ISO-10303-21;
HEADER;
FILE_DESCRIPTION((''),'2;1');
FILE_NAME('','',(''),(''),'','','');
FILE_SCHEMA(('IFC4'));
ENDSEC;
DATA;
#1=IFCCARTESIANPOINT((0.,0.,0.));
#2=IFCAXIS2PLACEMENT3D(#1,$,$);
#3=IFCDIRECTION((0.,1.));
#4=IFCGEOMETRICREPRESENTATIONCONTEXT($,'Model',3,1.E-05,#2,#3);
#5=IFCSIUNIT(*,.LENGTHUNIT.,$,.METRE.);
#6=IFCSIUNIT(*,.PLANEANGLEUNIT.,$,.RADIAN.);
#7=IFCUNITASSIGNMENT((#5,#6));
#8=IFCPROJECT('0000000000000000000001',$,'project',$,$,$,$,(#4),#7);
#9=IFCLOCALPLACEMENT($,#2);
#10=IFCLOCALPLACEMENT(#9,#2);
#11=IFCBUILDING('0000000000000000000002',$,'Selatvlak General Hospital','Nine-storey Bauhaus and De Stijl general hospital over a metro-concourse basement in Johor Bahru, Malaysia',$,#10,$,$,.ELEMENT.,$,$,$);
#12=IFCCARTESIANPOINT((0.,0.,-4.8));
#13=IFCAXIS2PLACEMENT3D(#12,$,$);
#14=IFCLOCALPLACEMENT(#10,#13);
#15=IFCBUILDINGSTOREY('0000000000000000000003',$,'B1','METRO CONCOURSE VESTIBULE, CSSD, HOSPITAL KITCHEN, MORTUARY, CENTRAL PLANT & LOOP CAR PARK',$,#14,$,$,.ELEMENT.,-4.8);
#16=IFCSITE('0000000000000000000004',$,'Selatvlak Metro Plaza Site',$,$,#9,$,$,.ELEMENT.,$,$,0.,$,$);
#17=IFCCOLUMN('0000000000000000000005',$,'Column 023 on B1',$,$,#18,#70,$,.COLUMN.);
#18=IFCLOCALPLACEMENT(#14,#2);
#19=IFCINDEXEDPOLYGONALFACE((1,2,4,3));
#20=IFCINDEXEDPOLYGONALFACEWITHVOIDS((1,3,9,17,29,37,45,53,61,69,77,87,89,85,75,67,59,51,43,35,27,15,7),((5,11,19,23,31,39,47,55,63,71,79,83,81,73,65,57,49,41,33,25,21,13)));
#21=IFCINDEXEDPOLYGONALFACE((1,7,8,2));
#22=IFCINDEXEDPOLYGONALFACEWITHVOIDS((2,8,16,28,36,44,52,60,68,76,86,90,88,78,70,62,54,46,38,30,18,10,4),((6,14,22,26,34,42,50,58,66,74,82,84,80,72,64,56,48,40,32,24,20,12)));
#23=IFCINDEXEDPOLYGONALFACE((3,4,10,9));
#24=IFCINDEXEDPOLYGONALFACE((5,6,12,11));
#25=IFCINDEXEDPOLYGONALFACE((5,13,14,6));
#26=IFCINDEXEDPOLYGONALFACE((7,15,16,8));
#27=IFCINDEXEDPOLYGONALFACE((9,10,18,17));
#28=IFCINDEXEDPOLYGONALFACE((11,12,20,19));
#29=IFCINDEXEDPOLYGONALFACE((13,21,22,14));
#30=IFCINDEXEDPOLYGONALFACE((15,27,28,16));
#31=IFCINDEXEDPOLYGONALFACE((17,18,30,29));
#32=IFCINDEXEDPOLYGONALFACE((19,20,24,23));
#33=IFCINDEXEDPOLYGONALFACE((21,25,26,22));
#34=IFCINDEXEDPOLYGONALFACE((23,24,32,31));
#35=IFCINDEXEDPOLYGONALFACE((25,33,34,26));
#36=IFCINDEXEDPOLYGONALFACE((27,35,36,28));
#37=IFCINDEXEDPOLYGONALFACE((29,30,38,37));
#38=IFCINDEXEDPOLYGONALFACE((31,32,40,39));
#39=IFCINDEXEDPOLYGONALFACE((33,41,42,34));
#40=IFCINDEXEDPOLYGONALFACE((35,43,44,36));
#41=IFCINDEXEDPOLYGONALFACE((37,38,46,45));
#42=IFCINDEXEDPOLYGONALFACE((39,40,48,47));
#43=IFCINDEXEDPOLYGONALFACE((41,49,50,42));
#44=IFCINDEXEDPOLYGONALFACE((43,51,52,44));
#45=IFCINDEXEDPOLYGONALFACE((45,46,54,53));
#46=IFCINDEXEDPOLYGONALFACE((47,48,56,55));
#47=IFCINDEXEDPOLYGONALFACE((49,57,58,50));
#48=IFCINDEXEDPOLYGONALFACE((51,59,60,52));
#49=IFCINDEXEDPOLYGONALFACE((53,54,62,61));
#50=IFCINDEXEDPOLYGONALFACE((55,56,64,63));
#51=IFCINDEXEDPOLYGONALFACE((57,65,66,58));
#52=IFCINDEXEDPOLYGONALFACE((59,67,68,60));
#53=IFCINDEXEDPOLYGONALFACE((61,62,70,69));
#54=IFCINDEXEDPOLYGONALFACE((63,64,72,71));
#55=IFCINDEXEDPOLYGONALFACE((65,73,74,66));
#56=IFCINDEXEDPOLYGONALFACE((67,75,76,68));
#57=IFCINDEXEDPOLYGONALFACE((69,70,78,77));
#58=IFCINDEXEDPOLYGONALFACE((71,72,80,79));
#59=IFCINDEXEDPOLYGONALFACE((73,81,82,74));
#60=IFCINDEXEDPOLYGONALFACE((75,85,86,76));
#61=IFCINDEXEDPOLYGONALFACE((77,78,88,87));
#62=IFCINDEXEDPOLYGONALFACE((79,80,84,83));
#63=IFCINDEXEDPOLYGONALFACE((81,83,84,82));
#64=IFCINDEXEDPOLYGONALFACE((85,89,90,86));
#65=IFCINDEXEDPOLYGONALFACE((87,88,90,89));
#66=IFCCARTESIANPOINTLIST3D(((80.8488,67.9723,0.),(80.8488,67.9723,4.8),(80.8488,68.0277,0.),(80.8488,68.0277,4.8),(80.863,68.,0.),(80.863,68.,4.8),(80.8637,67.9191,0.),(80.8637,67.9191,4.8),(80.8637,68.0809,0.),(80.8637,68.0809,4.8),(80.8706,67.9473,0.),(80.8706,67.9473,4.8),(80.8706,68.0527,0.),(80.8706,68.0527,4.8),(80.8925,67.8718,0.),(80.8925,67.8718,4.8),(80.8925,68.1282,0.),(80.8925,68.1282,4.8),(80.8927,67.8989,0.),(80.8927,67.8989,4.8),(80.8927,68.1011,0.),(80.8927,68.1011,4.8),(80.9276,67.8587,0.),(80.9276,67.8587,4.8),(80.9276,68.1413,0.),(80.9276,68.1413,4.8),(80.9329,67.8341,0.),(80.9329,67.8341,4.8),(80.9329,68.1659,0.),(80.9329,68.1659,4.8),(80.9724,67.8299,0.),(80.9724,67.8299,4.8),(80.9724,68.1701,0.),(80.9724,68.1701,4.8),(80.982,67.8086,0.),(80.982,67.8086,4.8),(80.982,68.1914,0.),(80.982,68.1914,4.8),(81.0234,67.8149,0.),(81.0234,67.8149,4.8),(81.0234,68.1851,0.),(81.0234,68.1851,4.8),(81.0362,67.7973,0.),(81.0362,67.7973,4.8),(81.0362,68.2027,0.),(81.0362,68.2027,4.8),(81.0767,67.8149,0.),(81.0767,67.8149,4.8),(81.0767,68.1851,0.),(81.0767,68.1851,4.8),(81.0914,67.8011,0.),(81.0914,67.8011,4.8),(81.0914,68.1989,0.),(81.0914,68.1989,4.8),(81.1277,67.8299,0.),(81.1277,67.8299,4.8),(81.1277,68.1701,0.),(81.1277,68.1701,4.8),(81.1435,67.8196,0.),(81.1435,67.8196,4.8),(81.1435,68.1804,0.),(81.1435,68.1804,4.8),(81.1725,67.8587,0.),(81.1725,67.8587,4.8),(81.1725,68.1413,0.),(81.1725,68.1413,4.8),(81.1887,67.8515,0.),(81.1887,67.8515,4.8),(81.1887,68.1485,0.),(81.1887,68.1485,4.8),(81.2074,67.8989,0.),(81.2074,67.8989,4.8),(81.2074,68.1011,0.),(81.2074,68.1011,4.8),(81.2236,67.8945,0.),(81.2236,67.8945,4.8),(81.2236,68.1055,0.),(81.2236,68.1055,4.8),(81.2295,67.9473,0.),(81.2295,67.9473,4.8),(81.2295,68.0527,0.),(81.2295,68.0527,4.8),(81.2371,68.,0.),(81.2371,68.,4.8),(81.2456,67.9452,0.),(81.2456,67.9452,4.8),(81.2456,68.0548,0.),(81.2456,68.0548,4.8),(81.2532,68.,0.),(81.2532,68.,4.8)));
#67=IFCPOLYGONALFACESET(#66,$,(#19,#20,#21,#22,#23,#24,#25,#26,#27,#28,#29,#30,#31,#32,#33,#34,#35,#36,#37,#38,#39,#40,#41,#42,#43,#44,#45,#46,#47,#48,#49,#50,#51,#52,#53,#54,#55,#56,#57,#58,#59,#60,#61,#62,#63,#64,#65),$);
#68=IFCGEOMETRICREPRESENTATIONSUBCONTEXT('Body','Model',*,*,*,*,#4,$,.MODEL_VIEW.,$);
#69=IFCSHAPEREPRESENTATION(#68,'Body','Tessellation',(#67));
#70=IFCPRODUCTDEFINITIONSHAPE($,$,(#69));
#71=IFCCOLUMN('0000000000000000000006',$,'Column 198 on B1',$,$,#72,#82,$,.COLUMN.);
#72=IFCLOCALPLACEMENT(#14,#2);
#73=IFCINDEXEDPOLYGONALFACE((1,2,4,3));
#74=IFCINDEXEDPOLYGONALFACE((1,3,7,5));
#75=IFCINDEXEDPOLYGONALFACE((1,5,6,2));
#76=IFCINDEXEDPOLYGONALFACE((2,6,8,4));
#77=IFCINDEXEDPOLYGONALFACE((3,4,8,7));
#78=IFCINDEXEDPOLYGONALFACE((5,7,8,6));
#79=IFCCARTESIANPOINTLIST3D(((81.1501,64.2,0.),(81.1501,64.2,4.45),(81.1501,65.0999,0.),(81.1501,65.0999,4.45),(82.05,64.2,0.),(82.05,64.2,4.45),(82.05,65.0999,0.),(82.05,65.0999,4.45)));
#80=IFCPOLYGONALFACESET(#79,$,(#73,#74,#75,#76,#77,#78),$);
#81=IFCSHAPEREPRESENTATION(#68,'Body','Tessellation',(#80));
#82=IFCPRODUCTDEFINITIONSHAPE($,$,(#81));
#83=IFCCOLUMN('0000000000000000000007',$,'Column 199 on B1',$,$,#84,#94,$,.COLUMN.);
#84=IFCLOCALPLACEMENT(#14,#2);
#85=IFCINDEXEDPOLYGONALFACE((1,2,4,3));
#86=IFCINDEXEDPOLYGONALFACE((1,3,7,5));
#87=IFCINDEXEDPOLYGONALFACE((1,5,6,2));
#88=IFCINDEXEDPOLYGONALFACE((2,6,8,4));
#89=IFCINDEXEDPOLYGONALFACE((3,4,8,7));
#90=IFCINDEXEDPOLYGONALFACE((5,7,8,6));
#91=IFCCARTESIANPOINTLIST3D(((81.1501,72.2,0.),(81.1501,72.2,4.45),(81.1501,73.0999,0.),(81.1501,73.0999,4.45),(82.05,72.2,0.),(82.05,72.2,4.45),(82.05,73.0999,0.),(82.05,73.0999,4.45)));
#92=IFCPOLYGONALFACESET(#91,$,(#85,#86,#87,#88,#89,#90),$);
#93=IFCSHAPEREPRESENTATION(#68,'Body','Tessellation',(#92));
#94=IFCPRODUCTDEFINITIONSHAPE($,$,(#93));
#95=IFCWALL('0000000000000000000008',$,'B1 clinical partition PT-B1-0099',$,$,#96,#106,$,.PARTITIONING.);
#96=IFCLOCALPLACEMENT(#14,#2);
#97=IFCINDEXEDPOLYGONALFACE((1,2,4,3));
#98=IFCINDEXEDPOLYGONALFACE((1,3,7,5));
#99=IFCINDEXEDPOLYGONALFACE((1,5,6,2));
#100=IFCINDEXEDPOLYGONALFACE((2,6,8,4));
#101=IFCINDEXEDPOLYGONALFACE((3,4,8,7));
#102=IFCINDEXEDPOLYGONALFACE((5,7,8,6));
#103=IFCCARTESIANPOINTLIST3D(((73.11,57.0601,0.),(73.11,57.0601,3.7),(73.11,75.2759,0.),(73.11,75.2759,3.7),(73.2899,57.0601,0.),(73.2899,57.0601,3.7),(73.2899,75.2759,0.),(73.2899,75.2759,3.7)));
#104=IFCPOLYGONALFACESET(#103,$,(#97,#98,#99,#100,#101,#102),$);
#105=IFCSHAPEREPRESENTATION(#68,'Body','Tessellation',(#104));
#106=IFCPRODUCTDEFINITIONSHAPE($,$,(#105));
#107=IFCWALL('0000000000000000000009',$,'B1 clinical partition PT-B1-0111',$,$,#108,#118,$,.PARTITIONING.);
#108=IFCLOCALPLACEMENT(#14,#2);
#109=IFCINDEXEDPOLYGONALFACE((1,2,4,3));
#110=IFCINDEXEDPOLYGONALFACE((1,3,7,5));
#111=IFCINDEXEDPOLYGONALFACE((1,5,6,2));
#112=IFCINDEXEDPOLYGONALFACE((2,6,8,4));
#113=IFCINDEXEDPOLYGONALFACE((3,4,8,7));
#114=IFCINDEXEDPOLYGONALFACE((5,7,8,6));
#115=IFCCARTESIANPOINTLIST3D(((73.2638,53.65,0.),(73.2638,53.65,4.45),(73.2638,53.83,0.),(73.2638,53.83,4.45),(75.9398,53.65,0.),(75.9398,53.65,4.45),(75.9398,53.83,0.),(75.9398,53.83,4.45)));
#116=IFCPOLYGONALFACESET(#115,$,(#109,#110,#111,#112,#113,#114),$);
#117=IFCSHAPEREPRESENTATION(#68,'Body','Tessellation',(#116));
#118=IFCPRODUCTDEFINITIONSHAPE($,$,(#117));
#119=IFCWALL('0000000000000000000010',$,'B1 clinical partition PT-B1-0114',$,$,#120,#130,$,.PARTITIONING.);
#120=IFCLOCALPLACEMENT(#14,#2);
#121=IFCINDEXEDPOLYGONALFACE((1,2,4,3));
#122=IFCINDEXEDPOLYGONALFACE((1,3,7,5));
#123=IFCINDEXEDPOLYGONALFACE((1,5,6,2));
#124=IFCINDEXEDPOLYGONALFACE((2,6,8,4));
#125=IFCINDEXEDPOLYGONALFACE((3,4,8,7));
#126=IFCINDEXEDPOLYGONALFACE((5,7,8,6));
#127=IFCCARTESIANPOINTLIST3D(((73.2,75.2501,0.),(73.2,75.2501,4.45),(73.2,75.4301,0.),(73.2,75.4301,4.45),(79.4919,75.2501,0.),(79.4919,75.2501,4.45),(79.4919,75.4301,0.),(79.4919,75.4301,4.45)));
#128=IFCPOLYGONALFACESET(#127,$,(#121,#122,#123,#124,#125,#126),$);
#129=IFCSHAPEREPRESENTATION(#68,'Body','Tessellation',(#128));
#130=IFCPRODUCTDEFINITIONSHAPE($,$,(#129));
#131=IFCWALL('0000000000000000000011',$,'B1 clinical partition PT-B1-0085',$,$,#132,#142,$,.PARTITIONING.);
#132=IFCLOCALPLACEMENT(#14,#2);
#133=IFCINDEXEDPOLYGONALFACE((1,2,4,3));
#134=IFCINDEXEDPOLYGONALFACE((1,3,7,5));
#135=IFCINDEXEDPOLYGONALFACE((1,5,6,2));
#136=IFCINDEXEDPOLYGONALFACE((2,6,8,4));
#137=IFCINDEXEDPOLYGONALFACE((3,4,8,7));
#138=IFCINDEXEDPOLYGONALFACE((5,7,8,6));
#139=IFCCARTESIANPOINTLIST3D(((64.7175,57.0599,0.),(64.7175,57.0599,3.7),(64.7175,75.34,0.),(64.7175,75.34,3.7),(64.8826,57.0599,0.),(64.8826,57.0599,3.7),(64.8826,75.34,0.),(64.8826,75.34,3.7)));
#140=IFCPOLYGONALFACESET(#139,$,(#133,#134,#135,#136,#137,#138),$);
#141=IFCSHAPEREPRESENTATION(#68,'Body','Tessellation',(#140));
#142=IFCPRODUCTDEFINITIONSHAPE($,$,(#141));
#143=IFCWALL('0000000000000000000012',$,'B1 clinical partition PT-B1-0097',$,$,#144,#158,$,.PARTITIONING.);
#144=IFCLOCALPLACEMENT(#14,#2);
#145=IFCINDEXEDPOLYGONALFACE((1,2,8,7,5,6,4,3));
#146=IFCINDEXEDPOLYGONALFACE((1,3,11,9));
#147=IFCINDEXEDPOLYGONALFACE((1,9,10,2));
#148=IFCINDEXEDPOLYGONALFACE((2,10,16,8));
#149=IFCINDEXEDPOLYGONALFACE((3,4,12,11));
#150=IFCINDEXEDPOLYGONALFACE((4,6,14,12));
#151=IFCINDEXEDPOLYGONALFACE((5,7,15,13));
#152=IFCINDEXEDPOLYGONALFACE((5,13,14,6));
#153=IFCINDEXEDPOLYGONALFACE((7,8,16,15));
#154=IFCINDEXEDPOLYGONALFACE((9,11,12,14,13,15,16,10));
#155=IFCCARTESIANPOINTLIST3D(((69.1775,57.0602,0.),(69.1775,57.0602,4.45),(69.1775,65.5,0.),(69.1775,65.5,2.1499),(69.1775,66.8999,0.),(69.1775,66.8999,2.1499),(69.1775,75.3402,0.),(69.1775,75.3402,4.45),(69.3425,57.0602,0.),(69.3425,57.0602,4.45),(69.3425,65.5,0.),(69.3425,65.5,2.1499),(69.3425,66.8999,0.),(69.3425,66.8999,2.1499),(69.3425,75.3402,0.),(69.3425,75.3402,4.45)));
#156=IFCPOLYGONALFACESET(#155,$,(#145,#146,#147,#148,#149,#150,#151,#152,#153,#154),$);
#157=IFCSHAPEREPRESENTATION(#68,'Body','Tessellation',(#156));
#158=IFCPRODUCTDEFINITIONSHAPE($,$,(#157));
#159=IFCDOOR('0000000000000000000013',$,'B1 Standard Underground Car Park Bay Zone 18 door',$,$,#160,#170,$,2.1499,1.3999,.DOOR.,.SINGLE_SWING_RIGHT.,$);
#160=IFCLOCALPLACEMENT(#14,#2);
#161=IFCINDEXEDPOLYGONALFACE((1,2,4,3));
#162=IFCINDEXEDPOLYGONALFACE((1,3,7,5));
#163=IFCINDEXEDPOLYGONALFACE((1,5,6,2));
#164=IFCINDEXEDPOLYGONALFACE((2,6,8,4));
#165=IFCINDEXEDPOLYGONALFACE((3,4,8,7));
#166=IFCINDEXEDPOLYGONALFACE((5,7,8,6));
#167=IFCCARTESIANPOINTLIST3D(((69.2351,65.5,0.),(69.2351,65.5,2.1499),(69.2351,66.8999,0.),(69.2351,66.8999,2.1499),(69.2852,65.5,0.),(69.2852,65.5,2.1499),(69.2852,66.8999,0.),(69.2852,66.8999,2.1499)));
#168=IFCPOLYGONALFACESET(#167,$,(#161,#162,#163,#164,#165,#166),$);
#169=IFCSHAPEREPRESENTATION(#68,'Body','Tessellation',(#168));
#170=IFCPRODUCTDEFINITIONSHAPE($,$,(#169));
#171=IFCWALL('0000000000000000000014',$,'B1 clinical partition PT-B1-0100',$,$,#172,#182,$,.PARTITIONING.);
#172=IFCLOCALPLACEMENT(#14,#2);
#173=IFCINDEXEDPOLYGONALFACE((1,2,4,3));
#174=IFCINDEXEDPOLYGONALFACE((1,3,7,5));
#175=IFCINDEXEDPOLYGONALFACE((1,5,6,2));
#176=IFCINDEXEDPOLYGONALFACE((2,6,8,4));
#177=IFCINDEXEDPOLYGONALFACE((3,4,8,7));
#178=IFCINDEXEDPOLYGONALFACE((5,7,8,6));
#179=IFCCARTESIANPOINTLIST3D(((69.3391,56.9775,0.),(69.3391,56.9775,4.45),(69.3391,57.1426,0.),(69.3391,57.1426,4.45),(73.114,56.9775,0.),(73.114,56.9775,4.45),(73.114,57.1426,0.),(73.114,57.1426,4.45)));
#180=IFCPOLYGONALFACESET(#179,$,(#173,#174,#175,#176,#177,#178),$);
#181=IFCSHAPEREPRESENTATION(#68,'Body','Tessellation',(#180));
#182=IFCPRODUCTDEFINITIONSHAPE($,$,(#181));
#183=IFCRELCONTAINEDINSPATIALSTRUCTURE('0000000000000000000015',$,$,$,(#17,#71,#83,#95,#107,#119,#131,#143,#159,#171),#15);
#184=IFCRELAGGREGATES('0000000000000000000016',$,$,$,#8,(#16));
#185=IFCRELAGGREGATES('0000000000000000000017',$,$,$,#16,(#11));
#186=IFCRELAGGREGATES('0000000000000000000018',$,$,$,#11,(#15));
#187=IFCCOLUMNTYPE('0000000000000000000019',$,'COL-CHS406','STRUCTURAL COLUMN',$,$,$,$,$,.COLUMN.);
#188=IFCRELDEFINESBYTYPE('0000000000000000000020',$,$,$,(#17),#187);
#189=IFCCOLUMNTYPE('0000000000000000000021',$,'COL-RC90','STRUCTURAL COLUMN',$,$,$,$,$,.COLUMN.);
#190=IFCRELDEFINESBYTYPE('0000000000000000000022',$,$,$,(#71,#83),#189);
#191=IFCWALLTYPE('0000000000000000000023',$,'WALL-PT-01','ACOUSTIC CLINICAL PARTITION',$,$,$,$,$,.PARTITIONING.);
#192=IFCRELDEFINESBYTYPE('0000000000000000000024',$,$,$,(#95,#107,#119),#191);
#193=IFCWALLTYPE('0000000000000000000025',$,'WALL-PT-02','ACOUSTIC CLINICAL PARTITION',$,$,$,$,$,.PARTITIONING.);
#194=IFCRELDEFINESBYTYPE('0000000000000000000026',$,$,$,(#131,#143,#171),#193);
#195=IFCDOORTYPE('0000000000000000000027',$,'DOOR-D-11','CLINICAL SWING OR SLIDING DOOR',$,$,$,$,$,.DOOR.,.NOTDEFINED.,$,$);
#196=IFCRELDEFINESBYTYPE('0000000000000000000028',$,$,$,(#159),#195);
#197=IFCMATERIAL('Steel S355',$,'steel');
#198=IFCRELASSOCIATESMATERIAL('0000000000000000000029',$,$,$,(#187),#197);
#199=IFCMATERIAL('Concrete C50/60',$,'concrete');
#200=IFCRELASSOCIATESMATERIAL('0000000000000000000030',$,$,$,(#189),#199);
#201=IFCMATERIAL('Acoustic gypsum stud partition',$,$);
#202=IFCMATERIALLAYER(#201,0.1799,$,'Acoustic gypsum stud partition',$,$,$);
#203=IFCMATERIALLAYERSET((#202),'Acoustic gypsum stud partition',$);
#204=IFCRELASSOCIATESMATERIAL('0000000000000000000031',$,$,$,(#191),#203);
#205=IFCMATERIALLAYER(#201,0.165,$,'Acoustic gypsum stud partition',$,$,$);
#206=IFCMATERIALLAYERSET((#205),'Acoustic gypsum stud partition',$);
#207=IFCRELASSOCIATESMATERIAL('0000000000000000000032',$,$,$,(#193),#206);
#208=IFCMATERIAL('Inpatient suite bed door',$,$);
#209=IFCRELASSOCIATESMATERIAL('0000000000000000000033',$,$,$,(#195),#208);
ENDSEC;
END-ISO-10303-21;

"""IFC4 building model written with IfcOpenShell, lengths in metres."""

from ifc_helpers import new_model, si_unit, direction, frame, frame_2d, origin, origin_2d, place, context, subcontext, project, spatial, rectangle, hollow_circle, extrude, material, layer, layer_set, material_profile, profile_set, type_object, element, fill, save


model = new_model("IFC4")

# Units and contexts
model_context = context("Model", 3, precision=1e-05, world=origin(), true_north=direction((0.0, 1.0)))
body_context = subcontext(model_context, "Body", "Model", "MODEL_VIEW")
ifc_project = project(units=[si_unit("LENGTHUNIT", "METRE"), si_unit("PLANEANGLEUNIT", "RADIAN")], contexts=[model_context])

# Site, building, storey
site_placement = place(None, origin())
site = spatial("IfcSite", under=ifc_project, at=site_placement, Name="Selatvlak Metro Plaza Site", CompositionType="ELEMENT", RefElevation=0.0)
building_placement = place(site_placement, origin())
building = spatial("IfcBuilding", under=site, at=building_placement, Name="Selatvlak General Hospital", Description="Nine-storey Bauhaus and De Stijl general hospital over a metro-concourse basement in Johor Bahru, Malaysia", CompositionType="ELEMENT")
storey_placement = place(building_placement, frame((0.0, 0.0, -4.8)))
storey = spatial("IfcBuildingStorey", under=building, at=storey_placement, Name="B1", Description="METRO CONCOURSE VESTIBULE, CSSD, HOSPITAL KITCHEN, MORTUARY, CENTRAL PLANT & LOOP CAR PARK", CompositionType="ELEMENT", Elevation=-4.8)

# Columns
ifc_material_1 = material(Name="Steel S355", Category="steel")
ifc_material_profile_1 = material_profile(ifc_material_1, hollow_circle(Radius=0.2031, WallThickness=0.0161, at=origin_2d()), Name="CHS 406.4x16")
ifc_profile_set_1 = profile_set([ifc_material_profile_1], Name="Steel S355")
column_type_1 = type_object("IfcColumnType", Name="COL-CHS406", Description="STRUCTURAL COLUMN", PredefinedType="COLUMN", material=ifc_profile_set_1)
for number, where, z_axis, x_axis, name in (
    (1, (81.05, 68.0, 0.0), (0.0, 0.0, 1.0), (1.0, 0.0, 0.0), "Column 023 on B1"),
):
    element("IfcColumn", number, at=place(storey_placement, frame(where, z_axis=z_axis, x_axis=x_axis)), inside=storey, type_object=column_type_1, Name=name, PredefinedType="COLUMN", context=body_context, shape_type="SweptSolid", body=[
        extrude(hollow_circle(Radius=0.2031, WallThickness=0.0161, at=origin_2d()), origin(), (0.0, 0.0, 1.0), 4.8),
    ])
ifc_material_2 = material(Name="Concrete C50/60", Category="concrete")
ifc_material_profile_2 = material_profile(ifc_material_2, rectangle(XDim=0.8999, YDim=0.8999, at=origin_2d()), Name="RC-COL 900x900")
ifc_profile_set_2 = profile_set([ifc_material_profile_2], Name="Concrete C50/60")
column_type_2 = type_object("IfcColumnType", Name="COL-RC90", Description="STRUCTURAL COLUMN", PredefinedType="COLUMN", material=ifc_profile_set_2)
for number, where, z_axis, x_axis, name in (
    (2, (81.6001, 64.6499, 0.0), (0.0, 0.0, 1.0), (1.0, 0.0, 0.0), "Column 198 on B1"),
    (3, (81.6001, 72.6499, 0.0), (0.0, 0.0, 1.0), (1.0, 0.0, 0.0), "Column 199 on B1"),
):
    element("IfcColumn", number, at=place(storey_placement, frame(where, z_axis=z_axis, x_axis=x_axis)), inside=storey, type_object=column_type_2, Name=name, PredefinedType="COLUMN", context=body_context, shape_type="SweptSolid", body=[
        extrude(rectangle(XDim=0.8999, YDim=0.8999, at=origin_2d()), origin(), (0.0, 0.0, 1.0), 4.45),
    ])

# Walls
ifc_material_3 = material(Name="Acoustic gypsum stud partition")
ifc_layer_1 = layer(ifc_material_3, 0.1799, Name="Acoustic gypsum stud partition")
ifc_layer_set_1 = layer_set([ifc_layer_1], Name="Acoustic gypsum stud partition")
wall_type_1 = type_object("IfcWallType", Name="WALL-PT-01", Description="ACOUSTIC CLINICAL PARTITION", PredefinedType="PARTITIONING", material=ifc_layer_set_1)
wall_1_placement = place(storey_placement, frame((73.2, 75.2759, 0.0), z_axis=(0.0, 0.0, 1.0), x_axis=(0.0, -1.0, 0.0)))
element("IfcWall", 4, at=wall_1_placement, inside=storey, type_object=wall_type_1, Name="B1 clinical partition PT-B1-0099", PredefinedType="PARTITIONING", context=body_context, shape_type="SweptSolid", body=[
    extrude(rectangle(XDim=18.2158, YDim=0.1799, at=frame_2d((9.1079, 0.0))), origin(), (0.0, 0.0, 1.0), 3.7),
])
wall_2_placement = place(storey_placement, frame((73.2639, 53.74, 0.0), z_axis=(0.0, 0.0, 1.0), x_axis=(1.0, 0.0, 0.0)))
element("IfcWall", 5, at=wall_2_placement, inside=storey, type_object=wall_type_1, Name="B1 clinical partition PT-B1-0111", PredefinedType="PARTITIONING", context=body_context, shape_type="SweptSolid", body=[
    extrude(rectangle(XDim=2.676, YDim=0.1799, at=frame_2d((1.3379, 0.0))), origin(), (0.0, 0.0, 1.0), 4.45),
])
wall_3_placement = place(storey_placement, frame((73.2, 75.3401, 0.0), z_axis=(0.0, 0.0, 1.0), x_axis=(1.0, 0.0, 0.0)))
element("IfcWall", 6, at=wall_3_placement, inside=storey, type_object=wall_type_1, Name="B1 clinical partition PT-B1-0114", PredefinedType="PARTITIONING", context=body_context, shape_type="SweptSolid", body=[
    extrude(rectangle(XDim=6.292, YDim=0.1799, at=frame_2d((3.146, 0.0))), origin(), (0.0, 0.0, 1.0), 4.45),
])
ifc_layer_2 = layer(ifc_material_3, 0.165, Name="Acoustic gypsum stud partition")
ifc_layer_set_2 = layer_set([ifc_layer_2], Name="Acoustic gypsum stud partition")
wall_type_2 = type_object("IfcWallType", Name="WALL-PT-02", Description="ACOUSTIC CLINICAL PARTITION", PredefinedType="PARTITIONING", material=ifc_layer_set_2)
wall_4_placement = place(storey_placement, frame((64.8, 75.3401, 0.0), z_axis=(0.0, 0.0, 1.0), x_axis=(0.0, -1.0, 0.0)))
element("IfcWall", 7, at=wall_4_placement, inside=storey, type_object=wall_type_2, Name="B1 clinical partition PT-B1-0085", PredefinedType="PARTITIONING", context=body_context, shape_type="SweptSolid", body=[
    extrude(rectangle(XDim=18.28, YDim=0.165, at=frame_2d((9.1401, 0.0))), origin(), (0.0, 0.0, 1.0), 3.7),
])

# Wall, opening, door
wall_5_placement = place(storey_placement, frame((69.26, 57.0601, 0.0), z_axis=(0.0, 0.0, 1.0), x_axis=(0.0, 1.0, 0.0)))
wall_5 = element("IfcWall", 8, at=wall_5_placement, inside=storey, type_object=wall_type_2, Name="B1 clinical partition PT-B1-0097", PredefinedType="PARTITIONING", context=body_context, shape_type="SweptSolid", body=[
    extrude(rectangle(XDim=18.28, YDim=0.165, at=frame_2d((9.1401, 0.0))), origin(), (0.0, 0.0, 1.0), 4.45),
])
opening_1_placement = place(wall_5_placement, frame((8.4399, 0.0, 0.0)))
opening_1 = element("IfcOpeningElement", 9, at=opening_1_placement, cuts=wall_5, PredefinedType="OPENING", context=body_context, shape_type="SweptSolid", body=[
    extrude(rectangle(XDim=1.3999, YDim=2.1499, at=frame_2d((0.7, 1.075))), frame((0.0, 0.0925, 0.0), z_axis=(0.0, -1.0, 0.0), x_axis=(1.0, 0.0, 0.0)), (0.0, 0.0, 1.0), 0.1851),
])
ifc_material_4 = material(Name="Inpatient suite bed door")
door_type_1 = type_object("IfcDoorType", Name="DOOR-D-11", Description="CLINICAL SWING OR SLIDING DOOR", OperationType="NOTDEFINED", PredefinedType="DOOR", material=ifc_material_4)
door_1_placement = place(opening_1_placement, origin())
door_1 = element("IfcDoor", 10, at=door_1_placement, inside=storey, type_object=door_type_1, Name="B1 Standard Underground Car Park Bay Zone 18 door", OperationType="SINGLE_SWING_RIGHT", OverallHeight=2.1499, OverallWidth=1.3999, PredefinedType="DOOR", context=body_context, shape_type="SweptSolid", body=[
    extrude(rectangle(XDim=1.3999, YDim=2.1499, at=frame_2d((0.7, 1.075))), frame((0.0, 0.0249, 0.0), z_axis=(0.0, -1.0, 0.0), x_axis=(1.0, 0.0, 0.0)), (0.0, 0.0, 1.0), 0.05),
])
fill(opening_1, door_1)

# Wall
wall_6_placement = place(storey_placement, frame((73.114, 57.0601, 0.0), z_axis=(0.0, 0.0, 1.0), x_axis=(-1.0, 0.0, 0.0)))
element("IfcWall", 11, at=wall_6_placement, inside=storey, type_object=wall_type_2, Name="B1 clinical partition PT-B1-0100", PredefinedType="PARTITIONING", context=body_context, shape_type="SweptSolid", body=[
    extrude(rectangle(XDim=3.7749, YDim=0.165, at=frame_2d((1.8875, 0.0))), origin(), (0.0, 0.0, 1.0), 4.45),
])

save(model, "model.ifc")
